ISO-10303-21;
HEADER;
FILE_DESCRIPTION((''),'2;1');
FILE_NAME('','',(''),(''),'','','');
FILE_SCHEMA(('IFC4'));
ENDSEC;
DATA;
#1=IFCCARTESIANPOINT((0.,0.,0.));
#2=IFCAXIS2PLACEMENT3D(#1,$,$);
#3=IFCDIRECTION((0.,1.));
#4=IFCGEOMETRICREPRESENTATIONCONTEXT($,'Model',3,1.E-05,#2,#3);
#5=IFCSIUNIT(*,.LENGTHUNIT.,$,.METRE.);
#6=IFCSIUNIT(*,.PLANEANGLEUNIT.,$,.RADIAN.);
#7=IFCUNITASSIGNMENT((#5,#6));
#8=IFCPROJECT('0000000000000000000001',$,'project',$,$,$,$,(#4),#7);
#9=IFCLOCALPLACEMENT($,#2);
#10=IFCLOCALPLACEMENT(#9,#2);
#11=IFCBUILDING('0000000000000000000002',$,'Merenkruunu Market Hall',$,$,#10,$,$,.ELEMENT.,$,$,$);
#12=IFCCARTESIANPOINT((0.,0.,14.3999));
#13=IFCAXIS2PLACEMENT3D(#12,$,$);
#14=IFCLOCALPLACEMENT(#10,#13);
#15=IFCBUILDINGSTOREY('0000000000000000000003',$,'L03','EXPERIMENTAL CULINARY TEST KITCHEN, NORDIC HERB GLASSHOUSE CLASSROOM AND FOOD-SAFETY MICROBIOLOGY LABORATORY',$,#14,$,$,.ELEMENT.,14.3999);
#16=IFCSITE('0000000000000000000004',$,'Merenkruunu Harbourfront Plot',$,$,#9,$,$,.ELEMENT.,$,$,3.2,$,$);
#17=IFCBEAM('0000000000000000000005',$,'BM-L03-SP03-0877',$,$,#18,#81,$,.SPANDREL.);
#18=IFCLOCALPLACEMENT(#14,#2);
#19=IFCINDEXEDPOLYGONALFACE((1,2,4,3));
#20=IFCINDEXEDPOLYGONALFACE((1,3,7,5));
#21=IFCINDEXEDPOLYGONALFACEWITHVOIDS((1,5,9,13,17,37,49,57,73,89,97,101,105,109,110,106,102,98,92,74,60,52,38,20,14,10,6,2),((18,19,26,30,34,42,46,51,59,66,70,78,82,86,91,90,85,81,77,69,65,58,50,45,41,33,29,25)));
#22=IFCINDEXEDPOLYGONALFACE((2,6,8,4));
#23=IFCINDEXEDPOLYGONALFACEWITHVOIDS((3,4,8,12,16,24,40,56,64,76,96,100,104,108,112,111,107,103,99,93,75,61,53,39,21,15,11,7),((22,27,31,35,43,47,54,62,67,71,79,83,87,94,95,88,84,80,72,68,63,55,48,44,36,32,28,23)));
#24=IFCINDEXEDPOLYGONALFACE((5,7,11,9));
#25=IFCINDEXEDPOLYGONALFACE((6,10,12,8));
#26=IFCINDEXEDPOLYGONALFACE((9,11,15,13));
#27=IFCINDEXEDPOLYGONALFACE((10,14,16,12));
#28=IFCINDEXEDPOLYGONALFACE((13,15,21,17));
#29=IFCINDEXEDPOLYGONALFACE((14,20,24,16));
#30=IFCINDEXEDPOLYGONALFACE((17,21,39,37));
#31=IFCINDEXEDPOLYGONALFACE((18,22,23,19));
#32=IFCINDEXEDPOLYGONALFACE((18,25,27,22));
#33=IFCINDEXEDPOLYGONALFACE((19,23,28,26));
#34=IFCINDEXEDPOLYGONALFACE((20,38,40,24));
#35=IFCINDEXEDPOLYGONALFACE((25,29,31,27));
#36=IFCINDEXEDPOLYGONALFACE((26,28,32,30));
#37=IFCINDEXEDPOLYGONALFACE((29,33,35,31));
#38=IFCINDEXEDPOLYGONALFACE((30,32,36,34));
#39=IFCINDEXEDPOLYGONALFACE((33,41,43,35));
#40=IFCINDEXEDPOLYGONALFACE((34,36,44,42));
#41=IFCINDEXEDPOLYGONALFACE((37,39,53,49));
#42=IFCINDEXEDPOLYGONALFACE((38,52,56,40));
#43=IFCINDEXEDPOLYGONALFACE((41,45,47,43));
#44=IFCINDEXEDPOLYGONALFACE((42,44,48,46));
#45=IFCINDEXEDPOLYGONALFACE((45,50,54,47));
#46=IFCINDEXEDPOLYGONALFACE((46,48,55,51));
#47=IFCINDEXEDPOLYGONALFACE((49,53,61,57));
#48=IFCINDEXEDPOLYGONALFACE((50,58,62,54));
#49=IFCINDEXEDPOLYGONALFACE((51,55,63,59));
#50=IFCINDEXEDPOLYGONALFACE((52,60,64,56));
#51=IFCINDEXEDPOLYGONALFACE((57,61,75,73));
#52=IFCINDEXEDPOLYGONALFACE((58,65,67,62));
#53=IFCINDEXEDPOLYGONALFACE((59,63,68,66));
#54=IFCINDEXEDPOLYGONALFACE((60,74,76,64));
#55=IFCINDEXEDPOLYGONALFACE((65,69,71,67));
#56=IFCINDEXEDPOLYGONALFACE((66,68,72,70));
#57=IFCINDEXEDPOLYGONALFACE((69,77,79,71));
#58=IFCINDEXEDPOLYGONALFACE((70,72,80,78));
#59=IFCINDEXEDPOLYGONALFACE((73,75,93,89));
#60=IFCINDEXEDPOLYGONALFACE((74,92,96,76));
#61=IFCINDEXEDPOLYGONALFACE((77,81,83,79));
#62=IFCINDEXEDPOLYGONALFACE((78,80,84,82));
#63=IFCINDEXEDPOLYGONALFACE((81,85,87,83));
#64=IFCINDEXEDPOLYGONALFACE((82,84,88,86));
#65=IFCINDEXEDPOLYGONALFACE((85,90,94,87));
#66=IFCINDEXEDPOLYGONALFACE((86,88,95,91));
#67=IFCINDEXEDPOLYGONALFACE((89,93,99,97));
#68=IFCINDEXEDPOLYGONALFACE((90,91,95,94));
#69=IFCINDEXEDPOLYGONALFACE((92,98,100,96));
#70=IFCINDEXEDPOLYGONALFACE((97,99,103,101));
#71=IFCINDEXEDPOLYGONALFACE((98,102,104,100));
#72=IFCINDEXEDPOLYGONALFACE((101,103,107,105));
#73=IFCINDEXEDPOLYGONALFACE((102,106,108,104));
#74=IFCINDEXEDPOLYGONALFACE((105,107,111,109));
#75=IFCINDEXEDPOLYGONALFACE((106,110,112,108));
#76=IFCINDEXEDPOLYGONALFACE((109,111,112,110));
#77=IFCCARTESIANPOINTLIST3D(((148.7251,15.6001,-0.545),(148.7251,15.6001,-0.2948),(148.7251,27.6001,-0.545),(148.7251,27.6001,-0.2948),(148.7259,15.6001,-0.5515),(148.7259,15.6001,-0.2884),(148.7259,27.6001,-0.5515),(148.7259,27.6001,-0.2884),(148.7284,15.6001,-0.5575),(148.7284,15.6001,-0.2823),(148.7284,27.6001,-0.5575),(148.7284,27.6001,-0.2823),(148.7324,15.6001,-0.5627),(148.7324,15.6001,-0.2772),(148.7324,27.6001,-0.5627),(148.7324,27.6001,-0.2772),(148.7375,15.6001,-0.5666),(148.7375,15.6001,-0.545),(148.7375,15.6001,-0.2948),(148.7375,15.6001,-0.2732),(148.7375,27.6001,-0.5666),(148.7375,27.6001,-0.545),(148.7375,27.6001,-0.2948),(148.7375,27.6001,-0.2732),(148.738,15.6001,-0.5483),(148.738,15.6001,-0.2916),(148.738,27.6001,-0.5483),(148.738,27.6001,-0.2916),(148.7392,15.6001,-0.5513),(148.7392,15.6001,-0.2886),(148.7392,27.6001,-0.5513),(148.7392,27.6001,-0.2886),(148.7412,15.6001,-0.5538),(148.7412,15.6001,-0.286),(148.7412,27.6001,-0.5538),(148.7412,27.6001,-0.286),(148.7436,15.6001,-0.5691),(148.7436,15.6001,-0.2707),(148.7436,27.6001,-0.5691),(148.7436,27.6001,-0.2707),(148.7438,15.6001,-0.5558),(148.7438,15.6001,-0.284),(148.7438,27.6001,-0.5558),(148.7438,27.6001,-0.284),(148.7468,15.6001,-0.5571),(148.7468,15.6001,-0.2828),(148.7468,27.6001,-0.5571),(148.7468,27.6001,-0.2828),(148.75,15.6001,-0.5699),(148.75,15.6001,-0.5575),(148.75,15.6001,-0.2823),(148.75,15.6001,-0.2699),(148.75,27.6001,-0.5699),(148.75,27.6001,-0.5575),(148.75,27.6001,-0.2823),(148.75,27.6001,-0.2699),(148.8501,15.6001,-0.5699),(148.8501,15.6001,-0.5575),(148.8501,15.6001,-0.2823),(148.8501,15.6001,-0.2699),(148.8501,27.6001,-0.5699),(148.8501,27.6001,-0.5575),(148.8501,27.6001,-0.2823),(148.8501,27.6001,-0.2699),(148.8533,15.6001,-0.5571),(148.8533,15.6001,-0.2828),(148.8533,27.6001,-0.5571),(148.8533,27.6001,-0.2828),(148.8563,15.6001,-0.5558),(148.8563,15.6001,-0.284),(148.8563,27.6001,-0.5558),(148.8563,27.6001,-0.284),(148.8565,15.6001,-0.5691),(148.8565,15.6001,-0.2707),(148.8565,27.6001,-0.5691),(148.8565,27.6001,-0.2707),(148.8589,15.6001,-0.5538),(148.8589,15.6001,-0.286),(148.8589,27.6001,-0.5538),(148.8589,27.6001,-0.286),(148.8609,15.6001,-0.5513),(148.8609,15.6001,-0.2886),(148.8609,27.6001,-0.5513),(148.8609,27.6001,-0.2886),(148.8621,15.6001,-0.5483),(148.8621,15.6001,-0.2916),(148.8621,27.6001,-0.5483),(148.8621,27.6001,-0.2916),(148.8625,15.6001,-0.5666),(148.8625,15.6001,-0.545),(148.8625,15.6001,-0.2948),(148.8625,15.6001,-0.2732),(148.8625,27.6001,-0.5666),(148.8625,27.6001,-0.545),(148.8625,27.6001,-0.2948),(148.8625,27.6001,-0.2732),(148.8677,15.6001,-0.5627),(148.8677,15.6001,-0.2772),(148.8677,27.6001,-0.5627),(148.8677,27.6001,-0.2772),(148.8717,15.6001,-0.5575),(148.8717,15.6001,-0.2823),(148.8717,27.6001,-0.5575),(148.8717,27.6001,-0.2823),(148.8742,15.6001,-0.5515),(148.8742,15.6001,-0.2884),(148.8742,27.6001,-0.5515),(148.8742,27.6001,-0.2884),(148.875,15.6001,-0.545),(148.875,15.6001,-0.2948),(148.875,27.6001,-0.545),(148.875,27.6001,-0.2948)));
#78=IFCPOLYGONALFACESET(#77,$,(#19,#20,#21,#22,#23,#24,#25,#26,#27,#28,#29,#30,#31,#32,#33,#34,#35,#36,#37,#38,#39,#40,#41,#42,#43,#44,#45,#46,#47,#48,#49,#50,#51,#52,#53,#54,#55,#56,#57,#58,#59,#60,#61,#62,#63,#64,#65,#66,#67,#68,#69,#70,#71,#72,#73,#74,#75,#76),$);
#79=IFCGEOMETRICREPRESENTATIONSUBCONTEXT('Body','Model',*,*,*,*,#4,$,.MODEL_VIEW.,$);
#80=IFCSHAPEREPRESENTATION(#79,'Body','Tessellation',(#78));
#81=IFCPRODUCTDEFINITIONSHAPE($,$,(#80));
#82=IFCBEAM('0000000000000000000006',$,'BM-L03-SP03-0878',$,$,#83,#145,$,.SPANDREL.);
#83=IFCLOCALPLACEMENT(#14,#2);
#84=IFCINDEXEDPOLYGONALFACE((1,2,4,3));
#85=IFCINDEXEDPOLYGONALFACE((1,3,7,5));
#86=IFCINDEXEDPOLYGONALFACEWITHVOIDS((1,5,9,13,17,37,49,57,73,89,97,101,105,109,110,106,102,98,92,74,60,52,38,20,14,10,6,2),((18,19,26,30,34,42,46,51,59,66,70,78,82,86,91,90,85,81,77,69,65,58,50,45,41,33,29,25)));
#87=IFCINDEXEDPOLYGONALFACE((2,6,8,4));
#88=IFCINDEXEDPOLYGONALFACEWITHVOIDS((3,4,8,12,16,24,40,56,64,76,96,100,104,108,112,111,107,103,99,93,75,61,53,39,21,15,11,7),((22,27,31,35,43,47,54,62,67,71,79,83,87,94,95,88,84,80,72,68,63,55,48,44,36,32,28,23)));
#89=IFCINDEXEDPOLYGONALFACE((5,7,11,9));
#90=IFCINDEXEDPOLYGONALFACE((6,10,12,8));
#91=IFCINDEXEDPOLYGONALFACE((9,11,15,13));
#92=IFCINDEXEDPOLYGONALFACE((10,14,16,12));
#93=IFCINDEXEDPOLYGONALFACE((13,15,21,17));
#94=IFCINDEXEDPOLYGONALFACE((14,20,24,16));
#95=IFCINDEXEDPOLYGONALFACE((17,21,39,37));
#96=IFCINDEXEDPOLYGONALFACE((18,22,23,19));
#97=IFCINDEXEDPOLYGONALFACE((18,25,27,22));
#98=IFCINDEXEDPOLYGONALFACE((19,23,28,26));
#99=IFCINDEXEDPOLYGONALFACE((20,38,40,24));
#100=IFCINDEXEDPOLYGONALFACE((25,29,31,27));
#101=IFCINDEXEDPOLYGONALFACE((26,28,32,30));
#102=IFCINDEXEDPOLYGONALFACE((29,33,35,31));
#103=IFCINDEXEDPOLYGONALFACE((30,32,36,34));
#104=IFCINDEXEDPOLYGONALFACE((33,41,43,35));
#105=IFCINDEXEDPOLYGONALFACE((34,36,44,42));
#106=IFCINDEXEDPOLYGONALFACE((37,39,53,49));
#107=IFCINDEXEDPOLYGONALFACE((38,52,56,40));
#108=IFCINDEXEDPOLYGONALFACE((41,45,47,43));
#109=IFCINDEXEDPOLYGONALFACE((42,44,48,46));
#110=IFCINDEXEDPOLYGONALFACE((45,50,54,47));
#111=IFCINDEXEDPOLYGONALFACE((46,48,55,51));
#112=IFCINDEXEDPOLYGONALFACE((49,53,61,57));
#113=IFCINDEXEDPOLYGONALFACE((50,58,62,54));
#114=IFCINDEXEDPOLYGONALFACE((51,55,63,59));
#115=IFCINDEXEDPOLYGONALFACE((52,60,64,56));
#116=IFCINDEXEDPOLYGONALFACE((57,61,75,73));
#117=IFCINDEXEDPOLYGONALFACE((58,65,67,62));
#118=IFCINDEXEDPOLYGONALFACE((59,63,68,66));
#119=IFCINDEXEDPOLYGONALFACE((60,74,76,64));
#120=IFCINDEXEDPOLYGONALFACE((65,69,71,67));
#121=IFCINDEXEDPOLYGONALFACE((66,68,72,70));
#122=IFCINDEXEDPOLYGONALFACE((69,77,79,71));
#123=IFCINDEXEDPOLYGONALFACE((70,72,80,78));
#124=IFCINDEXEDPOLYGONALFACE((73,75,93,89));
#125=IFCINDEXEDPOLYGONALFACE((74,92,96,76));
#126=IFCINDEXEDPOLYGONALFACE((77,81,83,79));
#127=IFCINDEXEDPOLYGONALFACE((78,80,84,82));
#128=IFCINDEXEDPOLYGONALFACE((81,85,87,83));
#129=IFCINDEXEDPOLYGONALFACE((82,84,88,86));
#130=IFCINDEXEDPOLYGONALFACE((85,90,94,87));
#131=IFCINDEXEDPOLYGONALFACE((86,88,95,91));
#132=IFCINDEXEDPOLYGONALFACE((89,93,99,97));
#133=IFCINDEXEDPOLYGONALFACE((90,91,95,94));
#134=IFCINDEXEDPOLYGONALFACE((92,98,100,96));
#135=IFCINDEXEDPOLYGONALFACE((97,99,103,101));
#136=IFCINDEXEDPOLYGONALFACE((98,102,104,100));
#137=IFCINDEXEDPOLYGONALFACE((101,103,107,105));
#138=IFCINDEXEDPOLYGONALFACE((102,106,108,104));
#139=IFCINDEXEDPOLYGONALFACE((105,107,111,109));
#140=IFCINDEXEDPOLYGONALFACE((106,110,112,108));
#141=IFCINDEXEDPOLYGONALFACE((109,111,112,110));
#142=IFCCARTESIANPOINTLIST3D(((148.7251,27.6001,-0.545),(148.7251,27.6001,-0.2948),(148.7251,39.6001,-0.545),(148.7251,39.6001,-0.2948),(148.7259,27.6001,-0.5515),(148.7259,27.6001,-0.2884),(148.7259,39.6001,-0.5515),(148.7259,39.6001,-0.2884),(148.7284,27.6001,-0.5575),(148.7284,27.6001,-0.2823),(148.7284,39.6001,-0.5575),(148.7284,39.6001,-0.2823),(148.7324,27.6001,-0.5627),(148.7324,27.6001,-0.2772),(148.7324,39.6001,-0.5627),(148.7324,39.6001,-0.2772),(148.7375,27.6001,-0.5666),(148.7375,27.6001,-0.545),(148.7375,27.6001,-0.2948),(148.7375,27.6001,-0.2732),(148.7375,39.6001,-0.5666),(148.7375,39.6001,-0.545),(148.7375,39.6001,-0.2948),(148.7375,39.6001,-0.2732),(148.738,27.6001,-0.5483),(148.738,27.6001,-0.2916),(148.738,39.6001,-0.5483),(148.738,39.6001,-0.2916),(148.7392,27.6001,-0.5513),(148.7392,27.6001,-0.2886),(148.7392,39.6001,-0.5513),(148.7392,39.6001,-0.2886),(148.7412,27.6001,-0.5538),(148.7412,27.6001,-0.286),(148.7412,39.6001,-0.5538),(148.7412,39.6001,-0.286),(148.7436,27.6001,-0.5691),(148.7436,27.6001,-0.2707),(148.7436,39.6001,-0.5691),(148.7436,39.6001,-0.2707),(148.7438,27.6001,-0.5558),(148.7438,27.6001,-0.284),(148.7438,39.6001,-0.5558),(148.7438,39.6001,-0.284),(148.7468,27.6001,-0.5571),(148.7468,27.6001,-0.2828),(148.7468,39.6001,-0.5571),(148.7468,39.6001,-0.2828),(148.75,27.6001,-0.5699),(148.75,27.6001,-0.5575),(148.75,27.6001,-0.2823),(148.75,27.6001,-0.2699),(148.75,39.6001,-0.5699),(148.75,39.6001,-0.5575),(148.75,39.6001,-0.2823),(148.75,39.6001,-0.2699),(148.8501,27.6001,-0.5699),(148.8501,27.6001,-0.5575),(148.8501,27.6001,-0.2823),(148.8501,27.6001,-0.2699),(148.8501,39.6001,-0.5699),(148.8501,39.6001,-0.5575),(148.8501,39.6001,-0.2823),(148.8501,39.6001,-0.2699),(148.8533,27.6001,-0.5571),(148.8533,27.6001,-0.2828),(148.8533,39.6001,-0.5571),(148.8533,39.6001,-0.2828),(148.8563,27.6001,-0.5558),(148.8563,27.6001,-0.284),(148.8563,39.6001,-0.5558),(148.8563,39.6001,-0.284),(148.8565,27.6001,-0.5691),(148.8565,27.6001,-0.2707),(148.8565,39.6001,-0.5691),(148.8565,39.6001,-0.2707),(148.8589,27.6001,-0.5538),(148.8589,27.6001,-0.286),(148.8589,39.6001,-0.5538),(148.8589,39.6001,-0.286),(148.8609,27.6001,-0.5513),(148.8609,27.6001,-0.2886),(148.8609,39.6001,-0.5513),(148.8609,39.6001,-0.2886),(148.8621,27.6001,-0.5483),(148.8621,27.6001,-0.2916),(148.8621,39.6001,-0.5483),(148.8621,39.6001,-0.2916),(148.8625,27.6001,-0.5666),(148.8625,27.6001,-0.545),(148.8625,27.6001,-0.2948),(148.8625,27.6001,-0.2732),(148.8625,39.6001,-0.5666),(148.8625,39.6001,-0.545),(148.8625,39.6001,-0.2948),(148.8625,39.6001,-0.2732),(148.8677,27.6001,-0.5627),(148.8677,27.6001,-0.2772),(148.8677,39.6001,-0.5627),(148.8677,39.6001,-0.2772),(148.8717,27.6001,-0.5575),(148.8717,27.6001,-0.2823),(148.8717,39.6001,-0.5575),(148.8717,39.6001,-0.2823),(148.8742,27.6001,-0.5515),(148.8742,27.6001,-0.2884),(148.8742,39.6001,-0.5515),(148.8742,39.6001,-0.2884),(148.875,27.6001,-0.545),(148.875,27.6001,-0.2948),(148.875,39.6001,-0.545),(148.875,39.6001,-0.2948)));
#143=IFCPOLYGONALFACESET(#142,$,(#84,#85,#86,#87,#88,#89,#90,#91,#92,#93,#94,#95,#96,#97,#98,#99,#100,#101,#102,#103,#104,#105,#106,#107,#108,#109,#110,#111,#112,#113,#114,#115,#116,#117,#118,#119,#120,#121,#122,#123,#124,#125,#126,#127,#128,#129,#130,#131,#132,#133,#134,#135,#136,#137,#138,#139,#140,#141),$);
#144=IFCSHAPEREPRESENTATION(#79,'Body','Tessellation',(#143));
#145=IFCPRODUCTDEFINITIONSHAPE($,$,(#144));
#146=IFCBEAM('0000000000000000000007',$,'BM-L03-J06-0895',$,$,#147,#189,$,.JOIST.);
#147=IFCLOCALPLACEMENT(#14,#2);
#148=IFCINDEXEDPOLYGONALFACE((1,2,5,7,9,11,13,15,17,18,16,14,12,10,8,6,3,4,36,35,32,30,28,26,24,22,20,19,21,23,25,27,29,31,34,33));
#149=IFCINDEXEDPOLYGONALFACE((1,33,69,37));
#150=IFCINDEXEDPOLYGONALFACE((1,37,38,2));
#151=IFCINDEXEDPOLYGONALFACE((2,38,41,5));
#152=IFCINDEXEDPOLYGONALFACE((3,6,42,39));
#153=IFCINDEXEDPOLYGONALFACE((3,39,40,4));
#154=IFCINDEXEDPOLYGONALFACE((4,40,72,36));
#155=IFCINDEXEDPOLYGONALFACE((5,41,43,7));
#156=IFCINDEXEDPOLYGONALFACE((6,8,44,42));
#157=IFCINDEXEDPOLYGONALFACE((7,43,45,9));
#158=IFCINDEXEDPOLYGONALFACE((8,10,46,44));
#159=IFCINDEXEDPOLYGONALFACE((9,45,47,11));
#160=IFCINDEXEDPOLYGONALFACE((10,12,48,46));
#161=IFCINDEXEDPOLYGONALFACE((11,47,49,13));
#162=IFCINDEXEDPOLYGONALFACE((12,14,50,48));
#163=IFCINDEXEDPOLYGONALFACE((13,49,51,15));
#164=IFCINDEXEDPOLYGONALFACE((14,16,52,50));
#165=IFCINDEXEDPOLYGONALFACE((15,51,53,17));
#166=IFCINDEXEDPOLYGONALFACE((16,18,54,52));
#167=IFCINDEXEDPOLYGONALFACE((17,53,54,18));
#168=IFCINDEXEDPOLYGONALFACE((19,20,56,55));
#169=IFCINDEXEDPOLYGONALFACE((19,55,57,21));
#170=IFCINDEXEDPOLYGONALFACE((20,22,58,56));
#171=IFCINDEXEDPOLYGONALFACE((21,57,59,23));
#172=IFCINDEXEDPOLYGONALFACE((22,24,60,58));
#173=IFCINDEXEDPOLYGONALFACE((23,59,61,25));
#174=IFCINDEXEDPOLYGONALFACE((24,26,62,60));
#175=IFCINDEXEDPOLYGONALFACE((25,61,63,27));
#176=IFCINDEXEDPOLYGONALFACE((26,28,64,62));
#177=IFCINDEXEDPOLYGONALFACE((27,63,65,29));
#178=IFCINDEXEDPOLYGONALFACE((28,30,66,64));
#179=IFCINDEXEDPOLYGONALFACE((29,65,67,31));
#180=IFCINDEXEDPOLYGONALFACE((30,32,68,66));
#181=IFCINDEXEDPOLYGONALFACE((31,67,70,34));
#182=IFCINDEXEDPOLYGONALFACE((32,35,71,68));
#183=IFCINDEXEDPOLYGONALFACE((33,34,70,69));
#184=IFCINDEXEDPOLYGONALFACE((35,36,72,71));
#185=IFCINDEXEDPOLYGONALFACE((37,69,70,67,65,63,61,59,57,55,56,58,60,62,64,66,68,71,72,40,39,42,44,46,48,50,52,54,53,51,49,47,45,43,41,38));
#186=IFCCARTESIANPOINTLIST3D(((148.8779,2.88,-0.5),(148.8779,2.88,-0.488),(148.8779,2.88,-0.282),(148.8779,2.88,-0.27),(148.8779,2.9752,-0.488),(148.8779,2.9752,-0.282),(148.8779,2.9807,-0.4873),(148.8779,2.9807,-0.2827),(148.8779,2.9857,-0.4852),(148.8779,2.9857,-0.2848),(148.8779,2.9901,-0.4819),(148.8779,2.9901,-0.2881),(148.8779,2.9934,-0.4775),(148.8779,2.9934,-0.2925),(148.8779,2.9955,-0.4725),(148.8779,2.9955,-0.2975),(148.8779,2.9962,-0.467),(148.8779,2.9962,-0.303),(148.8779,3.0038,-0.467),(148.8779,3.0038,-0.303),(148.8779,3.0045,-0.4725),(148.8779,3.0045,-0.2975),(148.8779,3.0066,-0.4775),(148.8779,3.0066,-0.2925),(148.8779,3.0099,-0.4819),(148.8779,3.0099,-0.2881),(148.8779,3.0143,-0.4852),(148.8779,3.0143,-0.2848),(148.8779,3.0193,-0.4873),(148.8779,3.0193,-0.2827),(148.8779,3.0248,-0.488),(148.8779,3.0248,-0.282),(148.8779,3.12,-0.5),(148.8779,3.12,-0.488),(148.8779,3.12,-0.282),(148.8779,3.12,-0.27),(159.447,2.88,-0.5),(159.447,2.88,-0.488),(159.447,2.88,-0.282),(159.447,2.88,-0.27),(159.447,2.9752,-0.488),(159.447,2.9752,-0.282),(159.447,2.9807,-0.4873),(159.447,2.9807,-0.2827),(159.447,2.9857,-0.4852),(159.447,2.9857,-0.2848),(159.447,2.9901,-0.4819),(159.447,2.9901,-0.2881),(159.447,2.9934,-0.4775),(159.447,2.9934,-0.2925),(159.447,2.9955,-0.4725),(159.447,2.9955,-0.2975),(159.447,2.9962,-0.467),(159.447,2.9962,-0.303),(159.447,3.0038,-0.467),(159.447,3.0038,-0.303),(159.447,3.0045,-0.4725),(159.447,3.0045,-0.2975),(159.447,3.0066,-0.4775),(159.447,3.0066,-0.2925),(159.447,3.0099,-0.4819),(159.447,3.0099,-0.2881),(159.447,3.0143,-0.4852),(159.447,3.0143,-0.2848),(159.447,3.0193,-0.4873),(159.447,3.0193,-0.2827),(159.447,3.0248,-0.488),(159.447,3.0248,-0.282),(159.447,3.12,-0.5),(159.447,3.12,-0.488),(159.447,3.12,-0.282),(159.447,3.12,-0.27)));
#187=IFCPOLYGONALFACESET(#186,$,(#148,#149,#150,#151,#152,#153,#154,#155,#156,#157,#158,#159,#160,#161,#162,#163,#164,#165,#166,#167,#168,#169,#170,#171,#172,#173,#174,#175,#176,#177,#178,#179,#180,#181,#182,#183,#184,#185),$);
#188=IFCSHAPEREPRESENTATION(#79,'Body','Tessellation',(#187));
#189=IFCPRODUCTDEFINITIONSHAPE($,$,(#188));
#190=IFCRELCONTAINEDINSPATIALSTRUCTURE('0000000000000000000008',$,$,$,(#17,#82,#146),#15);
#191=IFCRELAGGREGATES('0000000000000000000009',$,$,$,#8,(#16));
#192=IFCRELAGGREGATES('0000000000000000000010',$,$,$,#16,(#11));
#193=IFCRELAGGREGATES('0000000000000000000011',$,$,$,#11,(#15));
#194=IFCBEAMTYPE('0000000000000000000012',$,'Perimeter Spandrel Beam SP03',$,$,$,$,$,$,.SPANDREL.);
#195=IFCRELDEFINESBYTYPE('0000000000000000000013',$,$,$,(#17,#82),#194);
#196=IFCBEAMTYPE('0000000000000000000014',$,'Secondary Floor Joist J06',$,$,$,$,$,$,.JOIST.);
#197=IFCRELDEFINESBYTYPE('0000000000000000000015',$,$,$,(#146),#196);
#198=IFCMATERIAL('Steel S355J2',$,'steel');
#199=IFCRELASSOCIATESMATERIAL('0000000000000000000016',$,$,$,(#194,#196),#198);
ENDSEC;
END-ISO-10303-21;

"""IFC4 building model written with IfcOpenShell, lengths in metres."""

from ifc_helpers import new_model, si_unit, direction, frame, origin, origin_2d, place, context, subcontext, project, spatial, hollow_rectangle, i_section, extrude, material, material_profile, profile_set, type_object, element, save


model = new_model("IFC4")

# Units and contexts
model_context = context("Model", 3, precision=1e-05, world=origin(), true_north=direction((0.0, 1.0)))
body_context = subcontext(model_context, "Body", "Model", "MODEL_VIEW")
ifc_project = project(units=[si_unit("LENGTHUNIT", "METRE"), si_unit("PLANEANGLEUNIT", "RADIAN")], contexts=[model_context])

# Site, building, storey
site_placement = place(None, origin())
site = spatial("IfcSite", under=ifc_project, at=site_placement, Name="Merenkruunu Harbourfront Plot", CompositionType="ELEMENT", RefElevation=3.2)
building_placement = place(site_placement, origin())
building = spatial("IfcBuilding", under=site, at=building_placement, Name="Merenkruunu Market Hall", CompositionType="ELEMENT")
storey_placement = place(building_placement, frame((0.0, 0.0, 14.3999)))
storey = spatial("IfcBuildingStorey", under=building, at=storey_placement, Name="L03", Description="EXPERIMENTAL CULINARY TEST KITCHEN, NORDIC HERB GLASSHOUSE CLASSROOM AND FOOD-SAFETY MICROBIOLOGY LABORATORY", CompositionType="ELEMENT", Elevation=14.3999)

# Beams
ifc_material_1 = material(Name="Steel S355J2", Category="steel")
ifc_material_profile_1 = material_profile(ifc_material_1, hollow_rectangle(XDim=0.1499, YDim=0.3, WallThickness=0.0125, InnerFilletRadius=0.0125, OuterFilletRadius=0.0249, at=origin_2d()), Name="RHS 300x150x12.5")
ifc_profile_set_1 = profile_set([ifc_material_profile_1], Name="Steel S355J2")
beam_type_1 = type_object("IfcBeamType", Name="Perimeter Spandrel Beam SP03", PredefinedType="SPANDREL", material=ifc_profile_set_1)
for number, where, z_axis, x_axis, name in (
    (1, (148.8, 15.6001, -0.4199), (0.0, 1.0, 0.0), (-1.0, 0.0, 0.0), "BM-L03-SP03-0877"),
    (2, (148.8, 27.6001, -0.4199), (0.0, 1.0, 0.0), (-1.0, 0.0, 0.0), "BM-L03-SP03-0878"),
):
    element("IfcBeam", number, at=place(storey_placement, frame(where, z_axis=z_axis, x_axis=x_axis)), inside=storey, type_object=beam_type_1, Name=name, PredefinedType="SPANDREL", context=body_context, shape_type="SweptSolid", body=[
        extrude(hollow_rectangle(XDim=0.1499, YDim=0.3, WallThickness=0.0125, InnerFilletRadius=0.0125, OuterFilletRadius=0.0249, at=origin_2d()), origin(), (0.0, 0.0, 1.0), 12.0),
    ])
ifc_material_profile_2 = material_profile(ifc_material_1, i_section(OverallWidth=0.24, OverallDepth=0.23, WebThickness=0.0076, FlangeThickness=0.012, FilletRadius=0.021, at=origin_2d()), Name="HEA 240")
ifc_profile_set_2 = profile_set([ifc_material_profile_2], Name="Steel S355J2")
beam_type_2 = type_object("IfcBeamType", Name="Secondary Floor Joist J06", PredefinedType="JOIST", material=ifc_profile_set_2)
for number, where, z_axis, x_axis, name in (
    (3, (148.8779, 3.0, -0.385), (1.0, 0.0, 0.0), (0.0, 1.0, 0.0), "BM-L03-J06-0895"),
):
    element("IfcBeam", number, at=place(storey_placement, frame(where, z_axis=z_axis, x_axis=x_axis)), inside=storey, type_object=beam_type_2, Name=name, PredefinedType="JOIST", context=body_context, shape_type="SweptSolid", body=[
        extrude(i_section(OverallWidth=0.24, OverallDepth=0.23, WebThickness=0.0076, FlangeThickness=0.012, FilletRadius=0.021, at=origin_2d()), origin(), (0.0, 0.0, 1.0), 10.5691),
    ])

save(model, "model.ifc")
